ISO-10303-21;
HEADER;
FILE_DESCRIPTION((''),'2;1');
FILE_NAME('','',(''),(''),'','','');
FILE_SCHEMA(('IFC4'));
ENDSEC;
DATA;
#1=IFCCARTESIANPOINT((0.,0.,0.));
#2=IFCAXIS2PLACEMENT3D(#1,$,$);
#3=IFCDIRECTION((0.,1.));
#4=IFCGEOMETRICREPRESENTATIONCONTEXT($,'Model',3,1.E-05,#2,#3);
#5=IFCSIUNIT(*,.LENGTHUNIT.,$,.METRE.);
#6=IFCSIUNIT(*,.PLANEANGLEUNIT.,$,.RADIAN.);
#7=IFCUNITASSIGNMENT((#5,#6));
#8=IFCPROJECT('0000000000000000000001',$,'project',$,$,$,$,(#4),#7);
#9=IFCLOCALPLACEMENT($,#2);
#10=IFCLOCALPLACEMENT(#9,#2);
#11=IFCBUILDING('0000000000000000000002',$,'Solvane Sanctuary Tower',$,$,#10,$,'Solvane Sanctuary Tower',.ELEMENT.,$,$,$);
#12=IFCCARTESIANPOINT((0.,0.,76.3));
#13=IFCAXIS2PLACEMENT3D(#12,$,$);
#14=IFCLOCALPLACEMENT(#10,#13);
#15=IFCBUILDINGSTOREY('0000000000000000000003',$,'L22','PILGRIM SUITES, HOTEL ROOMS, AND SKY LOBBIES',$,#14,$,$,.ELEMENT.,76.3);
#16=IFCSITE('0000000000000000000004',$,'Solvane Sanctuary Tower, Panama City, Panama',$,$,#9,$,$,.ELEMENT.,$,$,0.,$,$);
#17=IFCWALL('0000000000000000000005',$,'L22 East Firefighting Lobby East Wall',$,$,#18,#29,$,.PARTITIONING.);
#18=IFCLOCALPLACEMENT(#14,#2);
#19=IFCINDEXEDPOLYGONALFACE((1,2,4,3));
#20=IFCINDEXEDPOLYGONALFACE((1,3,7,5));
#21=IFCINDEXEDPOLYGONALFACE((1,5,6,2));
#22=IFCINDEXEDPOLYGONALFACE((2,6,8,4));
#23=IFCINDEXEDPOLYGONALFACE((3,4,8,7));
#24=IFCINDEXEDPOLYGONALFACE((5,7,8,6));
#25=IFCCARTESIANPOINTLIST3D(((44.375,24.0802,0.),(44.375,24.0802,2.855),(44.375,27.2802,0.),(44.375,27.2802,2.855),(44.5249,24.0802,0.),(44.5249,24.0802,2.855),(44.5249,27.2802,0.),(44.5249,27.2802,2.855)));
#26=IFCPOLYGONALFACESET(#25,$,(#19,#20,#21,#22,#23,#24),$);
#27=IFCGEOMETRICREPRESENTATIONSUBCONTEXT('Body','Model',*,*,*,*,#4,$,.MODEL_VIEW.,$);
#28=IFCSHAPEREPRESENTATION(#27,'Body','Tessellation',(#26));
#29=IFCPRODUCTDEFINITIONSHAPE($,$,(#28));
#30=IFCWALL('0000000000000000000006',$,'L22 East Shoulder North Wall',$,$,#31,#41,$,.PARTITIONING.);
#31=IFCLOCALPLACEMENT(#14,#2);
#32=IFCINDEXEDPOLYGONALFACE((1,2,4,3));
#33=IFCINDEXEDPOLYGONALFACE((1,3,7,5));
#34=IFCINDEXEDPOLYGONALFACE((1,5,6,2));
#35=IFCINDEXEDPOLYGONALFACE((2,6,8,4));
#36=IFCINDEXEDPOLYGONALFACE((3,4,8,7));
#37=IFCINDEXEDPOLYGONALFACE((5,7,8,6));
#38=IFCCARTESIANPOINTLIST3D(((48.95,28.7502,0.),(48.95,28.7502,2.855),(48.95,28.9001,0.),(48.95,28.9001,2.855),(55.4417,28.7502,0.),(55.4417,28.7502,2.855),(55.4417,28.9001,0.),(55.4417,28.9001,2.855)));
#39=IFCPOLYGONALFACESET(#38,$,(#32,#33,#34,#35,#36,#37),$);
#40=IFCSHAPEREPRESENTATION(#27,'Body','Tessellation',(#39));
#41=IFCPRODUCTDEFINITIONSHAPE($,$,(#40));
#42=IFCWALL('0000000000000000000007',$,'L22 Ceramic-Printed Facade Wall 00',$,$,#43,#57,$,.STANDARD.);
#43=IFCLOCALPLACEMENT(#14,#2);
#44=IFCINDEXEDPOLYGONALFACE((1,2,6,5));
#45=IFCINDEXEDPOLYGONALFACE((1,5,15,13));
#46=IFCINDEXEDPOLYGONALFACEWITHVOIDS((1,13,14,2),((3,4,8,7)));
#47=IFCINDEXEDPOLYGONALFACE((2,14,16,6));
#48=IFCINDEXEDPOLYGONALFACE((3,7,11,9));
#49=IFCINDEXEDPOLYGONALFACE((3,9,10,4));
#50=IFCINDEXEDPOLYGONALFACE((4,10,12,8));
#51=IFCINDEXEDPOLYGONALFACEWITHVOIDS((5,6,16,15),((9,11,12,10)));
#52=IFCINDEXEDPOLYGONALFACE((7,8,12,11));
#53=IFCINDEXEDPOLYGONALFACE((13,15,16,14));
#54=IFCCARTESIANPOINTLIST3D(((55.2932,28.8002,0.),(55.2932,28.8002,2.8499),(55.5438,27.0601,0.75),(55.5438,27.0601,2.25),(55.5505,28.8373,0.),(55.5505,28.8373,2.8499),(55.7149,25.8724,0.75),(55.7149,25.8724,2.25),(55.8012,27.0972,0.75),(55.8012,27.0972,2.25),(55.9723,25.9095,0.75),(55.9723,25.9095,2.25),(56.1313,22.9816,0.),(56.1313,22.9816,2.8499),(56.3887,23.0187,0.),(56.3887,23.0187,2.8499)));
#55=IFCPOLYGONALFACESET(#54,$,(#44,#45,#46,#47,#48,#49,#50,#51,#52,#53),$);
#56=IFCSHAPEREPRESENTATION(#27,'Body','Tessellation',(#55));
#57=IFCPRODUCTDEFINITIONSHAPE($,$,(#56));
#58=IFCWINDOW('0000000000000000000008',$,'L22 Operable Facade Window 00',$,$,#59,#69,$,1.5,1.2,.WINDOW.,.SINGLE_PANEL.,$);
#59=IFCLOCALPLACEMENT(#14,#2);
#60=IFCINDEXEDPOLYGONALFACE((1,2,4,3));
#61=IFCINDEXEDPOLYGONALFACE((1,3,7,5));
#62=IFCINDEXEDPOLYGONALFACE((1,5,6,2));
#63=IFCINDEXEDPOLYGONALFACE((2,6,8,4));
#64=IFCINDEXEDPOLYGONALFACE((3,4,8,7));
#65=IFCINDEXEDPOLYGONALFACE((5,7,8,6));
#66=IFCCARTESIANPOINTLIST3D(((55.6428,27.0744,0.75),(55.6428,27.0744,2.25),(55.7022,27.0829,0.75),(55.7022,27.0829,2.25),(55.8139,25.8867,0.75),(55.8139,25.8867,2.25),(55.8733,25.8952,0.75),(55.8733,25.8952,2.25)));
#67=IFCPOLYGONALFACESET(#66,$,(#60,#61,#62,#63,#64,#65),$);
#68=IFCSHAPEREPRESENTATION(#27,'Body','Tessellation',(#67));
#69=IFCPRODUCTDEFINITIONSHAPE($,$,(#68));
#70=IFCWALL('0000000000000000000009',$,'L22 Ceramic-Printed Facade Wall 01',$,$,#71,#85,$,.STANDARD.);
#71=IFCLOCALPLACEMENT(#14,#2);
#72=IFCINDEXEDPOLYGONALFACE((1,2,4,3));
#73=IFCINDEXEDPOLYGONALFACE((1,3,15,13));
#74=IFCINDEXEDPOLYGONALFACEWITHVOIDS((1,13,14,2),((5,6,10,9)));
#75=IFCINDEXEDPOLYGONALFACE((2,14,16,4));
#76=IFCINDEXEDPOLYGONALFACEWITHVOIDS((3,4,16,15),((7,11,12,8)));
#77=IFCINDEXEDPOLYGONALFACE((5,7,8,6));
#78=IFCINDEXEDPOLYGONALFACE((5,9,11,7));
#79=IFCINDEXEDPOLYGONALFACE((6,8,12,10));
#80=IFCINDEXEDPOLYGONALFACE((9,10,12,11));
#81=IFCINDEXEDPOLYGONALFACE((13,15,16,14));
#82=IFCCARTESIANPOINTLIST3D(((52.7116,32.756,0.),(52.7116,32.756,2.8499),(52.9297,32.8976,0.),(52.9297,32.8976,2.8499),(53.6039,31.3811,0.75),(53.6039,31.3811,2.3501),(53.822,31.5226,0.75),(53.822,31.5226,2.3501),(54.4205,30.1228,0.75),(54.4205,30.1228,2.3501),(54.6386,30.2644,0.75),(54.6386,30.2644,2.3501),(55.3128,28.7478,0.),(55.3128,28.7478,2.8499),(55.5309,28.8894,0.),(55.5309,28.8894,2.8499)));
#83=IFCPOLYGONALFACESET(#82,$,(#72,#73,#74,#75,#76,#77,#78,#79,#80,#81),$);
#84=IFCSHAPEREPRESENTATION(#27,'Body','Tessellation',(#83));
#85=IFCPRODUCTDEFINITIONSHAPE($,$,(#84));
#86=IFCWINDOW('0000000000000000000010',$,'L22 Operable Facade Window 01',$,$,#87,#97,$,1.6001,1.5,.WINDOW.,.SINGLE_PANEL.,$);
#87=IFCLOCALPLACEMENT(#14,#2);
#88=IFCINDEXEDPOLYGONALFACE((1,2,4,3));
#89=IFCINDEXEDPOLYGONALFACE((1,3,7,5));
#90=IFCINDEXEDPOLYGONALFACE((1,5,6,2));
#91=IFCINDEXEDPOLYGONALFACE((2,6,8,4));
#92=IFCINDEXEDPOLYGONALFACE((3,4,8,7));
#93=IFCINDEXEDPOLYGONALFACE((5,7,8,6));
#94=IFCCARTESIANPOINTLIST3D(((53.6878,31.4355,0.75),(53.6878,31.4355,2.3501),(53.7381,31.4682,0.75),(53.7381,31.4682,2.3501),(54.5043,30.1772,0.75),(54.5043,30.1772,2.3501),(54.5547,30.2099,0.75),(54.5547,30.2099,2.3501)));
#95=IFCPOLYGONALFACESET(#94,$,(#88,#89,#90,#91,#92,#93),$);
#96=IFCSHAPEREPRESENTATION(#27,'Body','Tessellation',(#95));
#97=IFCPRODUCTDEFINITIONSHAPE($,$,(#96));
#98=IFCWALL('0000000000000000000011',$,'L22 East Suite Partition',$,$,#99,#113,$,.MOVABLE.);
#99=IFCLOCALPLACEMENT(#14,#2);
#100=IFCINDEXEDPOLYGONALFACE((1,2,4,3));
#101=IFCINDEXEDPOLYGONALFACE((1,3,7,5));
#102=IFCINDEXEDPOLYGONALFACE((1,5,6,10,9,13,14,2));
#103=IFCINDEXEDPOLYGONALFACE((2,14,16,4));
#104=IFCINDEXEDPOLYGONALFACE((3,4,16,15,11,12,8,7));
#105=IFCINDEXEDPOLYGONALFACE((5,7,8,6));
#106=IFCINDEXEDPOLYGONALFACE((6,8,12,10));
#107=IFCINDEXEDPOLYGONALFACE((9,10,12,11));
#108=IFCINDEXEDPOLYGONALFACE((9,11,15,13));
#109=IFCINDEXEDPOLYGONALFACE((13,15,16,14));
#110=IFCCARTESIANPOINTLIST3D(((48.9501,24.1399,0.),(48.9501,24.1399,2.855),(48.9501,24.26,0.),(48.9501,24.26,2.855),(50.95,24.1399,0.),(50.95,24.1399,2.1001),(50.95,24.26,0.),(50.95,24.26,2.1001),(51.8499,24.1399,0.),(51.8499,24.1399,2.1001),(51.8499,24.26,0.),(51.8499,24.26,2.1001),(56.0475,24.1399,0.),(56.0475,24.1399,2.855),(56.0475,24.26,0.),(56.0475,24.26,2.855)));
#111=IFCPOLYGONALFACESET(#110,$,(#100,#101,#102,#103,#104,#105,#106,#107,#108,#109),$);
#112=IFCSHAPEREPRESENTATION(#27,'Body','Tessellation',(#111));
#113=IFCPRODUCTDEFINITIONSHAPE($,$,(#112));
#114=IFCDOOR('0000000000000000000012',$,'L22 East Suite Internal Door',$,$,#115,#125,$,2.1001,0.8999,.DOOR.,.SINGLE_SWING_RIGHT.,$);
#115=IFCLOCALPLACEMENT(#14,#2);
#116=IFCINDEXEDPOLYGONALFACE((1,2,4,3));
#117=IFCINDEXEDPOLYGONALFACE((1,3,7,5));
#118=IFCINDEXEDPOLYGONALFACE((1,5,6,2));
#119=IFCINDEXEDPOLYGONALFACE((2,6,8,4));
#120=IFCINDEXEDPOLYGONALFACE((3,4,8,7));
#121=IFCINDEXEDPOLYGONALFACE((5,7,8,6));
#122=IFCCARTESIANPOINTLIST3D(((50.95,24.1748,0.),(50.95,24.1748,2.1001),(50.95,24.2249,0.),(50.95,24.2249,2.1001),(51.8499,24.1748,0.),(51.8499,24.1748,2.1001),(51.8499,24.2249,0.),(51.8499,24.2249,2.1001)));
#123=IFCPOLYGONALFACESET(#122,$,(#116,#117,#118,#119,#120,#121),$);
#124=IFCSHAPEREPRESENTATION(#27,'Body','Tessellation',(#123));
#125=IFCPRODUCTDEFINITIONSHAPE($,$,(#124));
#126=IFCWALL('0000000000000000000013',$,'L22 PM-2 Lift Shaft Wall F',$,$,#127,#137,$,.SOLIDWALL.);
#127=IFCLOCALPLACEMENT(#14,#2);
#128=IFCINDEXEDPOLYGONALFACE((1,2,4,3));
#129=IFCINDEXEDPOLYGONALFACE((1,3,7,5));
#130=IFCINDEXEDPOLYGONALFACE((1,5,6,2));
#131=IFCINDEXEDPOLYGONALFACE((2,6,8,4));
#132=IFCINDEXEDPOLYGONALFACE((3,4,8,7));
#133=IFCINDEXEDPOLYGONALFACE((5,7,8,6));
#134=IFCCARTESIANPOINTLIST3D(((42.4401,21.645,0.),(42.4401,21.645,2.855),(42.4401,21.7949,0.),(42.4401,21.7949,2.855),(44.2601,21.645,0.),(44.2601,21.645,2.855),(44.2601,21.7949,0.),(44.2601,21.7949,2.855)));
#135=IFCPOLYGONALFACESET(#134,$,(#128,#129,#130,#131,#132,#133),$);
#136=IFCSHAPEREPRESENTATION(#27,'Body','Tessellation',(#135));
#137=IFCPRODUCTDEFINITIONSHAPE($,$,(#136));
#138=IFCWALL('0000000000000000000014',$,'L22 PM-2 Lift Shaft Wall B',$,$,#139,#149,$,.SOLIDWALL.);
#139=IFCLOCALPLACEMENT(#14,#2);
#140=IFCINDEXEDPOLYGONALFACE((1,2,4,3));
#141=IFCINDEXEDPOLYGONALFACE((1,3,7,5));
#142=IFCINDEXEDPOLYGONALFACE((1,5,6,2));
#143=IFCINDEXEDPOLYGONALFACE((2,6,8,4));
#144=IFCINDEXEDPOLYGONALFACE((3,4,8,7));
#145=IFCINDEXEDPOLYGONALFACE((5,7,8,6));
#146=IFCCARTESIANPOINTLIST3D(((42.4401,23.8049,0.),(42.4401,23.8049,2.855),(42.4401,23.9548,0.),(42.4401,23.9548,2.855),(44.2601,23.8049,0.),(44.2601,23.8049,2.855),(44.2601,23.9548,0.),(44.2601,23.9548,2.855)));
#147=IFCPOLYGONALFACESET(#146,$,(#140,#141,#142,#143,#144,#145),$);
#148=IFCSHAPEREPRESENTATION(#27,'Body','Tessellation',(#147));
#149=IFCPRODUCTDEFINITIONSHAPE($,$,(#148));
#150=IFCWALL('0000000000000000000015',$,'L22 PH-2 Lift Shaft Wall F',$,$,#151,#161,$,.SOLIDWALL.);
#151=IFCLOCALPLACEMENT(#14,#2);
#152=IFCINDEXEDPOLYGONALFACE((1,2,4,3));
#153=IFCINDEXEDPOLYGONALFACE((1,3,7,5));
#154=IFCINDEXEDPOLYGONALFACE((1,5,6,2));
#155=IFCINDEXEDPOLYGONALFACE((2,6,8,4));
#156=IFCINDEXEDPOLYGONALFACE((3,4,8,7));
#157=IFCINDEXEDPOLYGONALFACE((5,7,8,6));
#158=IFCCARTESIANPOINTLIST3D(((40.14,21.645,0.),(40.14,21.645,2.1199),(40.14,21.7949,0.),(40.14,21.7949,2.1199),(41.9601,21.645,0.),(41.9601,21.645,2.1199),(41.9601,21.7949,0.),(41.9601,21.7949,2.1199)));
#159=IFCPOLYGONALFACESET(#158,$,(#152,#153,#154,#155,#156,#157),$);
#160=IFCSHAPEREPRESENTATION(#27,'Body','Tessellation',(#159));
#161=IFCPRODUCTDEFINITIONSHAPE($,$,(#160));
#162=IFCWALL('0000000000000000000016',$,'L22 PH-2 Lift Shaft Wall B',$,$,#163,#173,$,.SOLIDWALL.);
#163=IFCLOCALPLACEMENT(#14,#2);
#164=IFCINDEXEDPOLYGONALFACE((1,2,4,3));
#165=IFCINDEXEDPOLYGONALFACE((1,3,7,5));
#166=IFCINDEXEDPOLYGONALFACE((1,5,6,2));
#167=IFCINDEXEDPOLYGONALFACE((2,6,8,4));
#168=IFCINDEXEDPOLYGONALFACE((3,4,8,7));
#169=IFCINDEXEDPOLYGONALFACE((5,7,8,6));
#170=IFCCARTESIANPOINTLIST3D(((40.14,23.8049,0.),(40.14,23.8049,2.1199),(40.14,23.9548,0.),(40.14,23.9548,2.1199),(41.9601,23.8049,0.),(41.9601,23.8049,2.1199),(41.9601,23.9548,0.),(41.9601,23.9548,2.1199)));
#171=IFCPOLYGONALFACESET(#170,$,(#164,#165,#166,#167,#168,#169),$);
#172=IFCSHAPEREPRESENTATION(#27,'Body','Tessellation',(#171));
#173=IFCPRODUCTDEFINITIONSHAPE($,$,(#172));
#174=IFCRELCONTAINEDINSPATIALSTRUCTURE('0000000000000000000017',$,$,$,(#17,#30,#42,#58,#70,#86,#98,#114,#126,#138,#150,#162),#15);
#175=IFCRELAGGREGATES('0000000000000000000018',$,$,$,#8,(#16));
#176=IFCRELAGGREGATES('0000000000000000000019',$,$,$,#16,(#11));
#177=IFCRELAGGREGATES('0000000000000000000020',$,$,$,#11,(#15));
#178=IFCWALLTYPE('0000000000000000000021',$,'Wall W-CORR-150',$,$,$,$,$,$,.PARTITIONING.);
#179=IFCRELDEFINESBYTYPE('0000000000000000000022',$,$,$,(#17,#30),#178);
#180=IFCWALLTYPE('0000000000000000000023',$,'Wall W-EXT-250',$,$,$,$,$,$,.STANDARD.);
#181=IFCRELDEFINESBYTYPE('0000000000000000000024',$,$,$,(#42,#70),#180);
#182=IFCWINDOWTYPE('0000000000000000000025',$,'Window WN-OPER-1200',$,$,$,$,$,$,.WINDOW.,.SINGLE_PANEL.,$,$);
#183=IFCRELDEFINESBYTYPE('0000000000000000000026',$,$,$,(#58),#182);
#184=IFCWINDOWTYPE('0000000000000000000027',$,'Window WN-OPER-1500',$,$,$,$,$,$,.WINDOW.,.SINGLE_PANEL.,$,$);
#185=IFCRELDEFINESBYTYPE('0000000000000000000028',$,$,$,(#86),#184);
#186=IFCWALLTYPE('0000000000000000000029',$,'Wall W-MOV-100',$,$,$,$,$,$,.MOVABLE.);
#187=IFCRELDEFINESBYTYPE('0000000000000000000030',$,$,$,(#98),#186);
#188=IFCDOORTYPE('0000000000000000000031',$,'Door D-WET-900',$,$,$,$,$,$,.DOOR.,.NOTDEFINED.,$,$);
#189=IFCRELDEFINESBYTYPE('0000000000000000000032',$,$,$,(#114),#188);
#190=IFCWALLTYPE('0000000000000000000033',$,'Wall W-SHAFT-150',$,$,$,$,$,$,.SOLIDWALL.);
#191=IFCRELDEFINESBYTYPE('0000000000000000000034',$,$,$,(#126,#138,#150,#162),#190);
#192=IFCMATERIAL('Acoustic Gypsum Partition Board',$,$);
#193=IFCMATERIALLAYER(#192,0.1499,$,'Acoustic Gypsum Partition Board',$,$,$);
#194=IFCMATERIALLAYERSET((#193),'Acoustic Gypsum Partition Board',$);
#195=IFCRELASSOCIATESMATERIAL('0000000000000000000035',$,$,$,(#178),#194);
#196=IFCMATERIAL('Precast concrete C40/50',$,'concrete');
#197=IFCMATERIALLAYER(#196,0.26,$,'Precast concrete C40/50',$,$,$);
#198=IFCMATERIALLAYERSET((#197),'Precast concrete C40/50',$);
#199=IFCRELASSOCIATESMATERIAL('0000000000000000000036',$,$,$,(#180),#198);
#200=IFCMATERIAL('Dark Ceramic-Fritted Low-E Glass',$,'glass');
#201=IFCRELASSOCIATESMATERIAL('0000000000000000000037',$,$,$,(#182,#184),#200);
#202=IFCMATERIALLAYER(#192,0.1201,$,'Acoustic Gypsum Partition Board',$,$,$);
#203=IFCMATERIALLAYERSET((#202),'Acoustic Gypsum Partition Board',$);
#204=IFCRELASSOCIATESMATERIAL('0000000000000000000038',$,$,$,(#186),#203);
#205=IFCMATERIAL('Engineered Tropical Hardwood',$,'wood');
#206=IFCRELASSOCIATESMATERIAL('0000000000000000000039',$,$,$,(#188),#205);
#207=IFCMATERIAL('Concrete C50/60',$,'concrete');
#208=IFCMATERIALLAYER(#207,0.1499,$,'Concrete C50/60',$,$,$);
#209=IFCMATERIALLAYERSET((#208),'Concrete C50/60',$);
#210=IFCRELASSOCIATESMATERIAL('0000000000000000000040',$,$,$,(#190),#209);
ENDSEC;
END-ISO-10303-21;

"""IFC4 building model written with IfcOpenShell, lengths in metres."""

from ifc_helpers import new_model, si_unit, direction, frame, frame_2d, origin, place, context, subcontext, project, spatial, rectangle, extrude, material, layer, layer_set, type_object, element, fill, save


model = new_model("IFC4")

# Units and contexts
model_context = context("Model", 3, precision=1e-05, world=origin(), true_north=direction((0.0, 1.0)))
body_context = subcontext(model_context, "Body", "Model", "MODEL_VIEW")
ifc_project = project(units=[si_unit("LENGTHUNIT", "METRE"), si_unit("PLANEANGLEUNIT", "RADIAN")], contexts=[model_context])

# Site, building, storey
site_placement = place(None, origin())
site = spatial("IfcSite", under=ifc_project, at=site_placement, Name="Solvane Sanctuary Tower, Panama City, Panama", CompositionType="ELEMENT", RefElevation=0.0)
building_placement = place(site_placement, origin())
building = spatial("IfcBuilding", under=site, at=building_placement, Name="Solvane Sanctuary Tower", LongName="Solvane Sanctuary Tower", CompositionType="ELEMENT")
storey_placement = place(building_placement, frame((0.0, 0.0, 76.3)))
storey = spatial("IfcBuildingStorey", under=building, at=storey_placement, Name="L22", Description="PILGRIM SUITES, HOTEL ROOMS, AND SKY LOBBIES", CompositionType="ELEMENT", Elevation=76.3)

# Walls
ifc_material_1 = material(Name="Acoustic Gypsum Partition Board")
ifc_layer_1 = layer(ifc_material_1, 0.1499, Name="Acoustic Gypsum Partition Board")
ifc_layer_set_1 = layer_set([ifc_layer_1], Name="Acoustic Gypsum Partition Board")
wall_type_1 = type_object("IfcWallType", Name="Wall W-CORR-150", PredefinedType="PARTITIONING", material=ifc_layer_set_1)
wall_1_placement = place(storey_placement, frame((44.45, 24.0801, 0.0), z_axis=(0.0, 0.0, 1.0), x_axis=(0.0, 1.0, 0.0)))
element("IfcWall", 1, at=wall_1_placement, inside=storey, type_object=wall_type_1, Name="L22 East Firefighting Lobby East Wall", PredefinedType="PARTITIONING", context=body_context, shape_type="SweptSolid", body=[
    extrude(rectangle(XDim=3.2, YDim=0.1499, at=frame_2d((1.6001, 0.0))), origin(), (0.0, 0.0, 1.0), 2.855),
])
wall_2_placement = place(storey_placement, frame((48.95, 28.8252, 0.0), z_axis=(0.0, 0.0, 1.0), x_axis=(1.0, 0.0, 0.0)))
element("IfcWall", 2, at=wall_2_placement, inside=storey, type_object=wall_type_1, Name="L22 East Shoulder North Wall", PredefinedType="PARTITIONING", context=body_context, shape_type="SweptSolid", body=[
    extrude(rectangle(XDim=6.4917, YDim=0.1499, at=frame_2d((3.2458, 0.0))), origin(), (0.0, 0.0, 1.0), 2.855),
])

# Walls, openings, windows
ifc_material_2 = material(Name="Precast concrete C40/50", Category="concrete")
ifc_layer_2 = layer(ifc_material_2, 0.26, Name="Precast concrete C40/50")
ifc_layer_set_2 = layer_set([ifc_layer_2], Name="Precast concrete C40/50")
wall_type_2 = type_object("IfcWallType", Name="Wall W-EXT-250", PredefinedType="STANDARD", material=ifc_layer_set_2)
wall_3_placement = place(storey_placement, frame((56.26, 23.0, 0.0), z_axis=(0.0, 0.0, 1.0), x_axis=(-0.142572, 0.989784, 0.0)))
wall_3 = element("IfcWall", 3, at=wall_3_placement, inside=storey, type_object=wall_type_2, Name="L22 Ceramic-Printed Facade Wall 00", PredefinedType="STANDARD", context=body_context, shape_type="SweptSolid", body=[
    extrude(rectangle(XDim=5.8787, YDim=0.26, at=frame_2d((2.9395, 0.0))), origin(), (0.0, 0.0, 1.0), 2.8499),
])
opening_1_placement = place(wall_3_placement, frame((2.9207, 0.0, 0.75)))
opening_1 = element("IfcOpeningElement", 4, at=opening_1_placement, cuts=wall_3, PredefinedType="OPENING", context=body_context, shape_type="SweptSolid", body=[
    extrude(rectangle(XDim=1.2, YDim=1.5, at=frame_2d((0.6001, 0.75))), frame((0.0, 0.1399, 0.0), z_axis=(0.0, -1.0, 0.0), x_axis=(1.0, 0.0, 0.0)), (0.0, 0.0, 1.0), 0.28),
])
ifc_material_3 = material(Name="Dark Ceramic-Fritted Low-E Glass", Category="glass")
window_type_1 = type_object("IfcWindowType", Name="Window WN-OPER-1200", PartitioningType="SINGLE_PANEL", PredefinedType="WINDOW", material=ifc_material_3)
window_1_placement = place(opening_1_placement, origin())
window_1 = element("IfcWindow", 5, at=window_1_placement, inside=storey, type_object=window_type_1, Name="L22 Operable Facade Window 00", OverallHeight=1.5, OverallWidth=1.2, PartitioningType="SINGLE_PANEL", PredefinedType="WINDOW", context=body_context, shape_type="SweptSolid", body=[
    extrude(rectangle(XDim=1.2, YDim=1.5, at=frame_2d((0.6001, 0.75))), frame((0.0, 0.03, 0.0), z_axis=(0.0, -1.0, 0.0), x_axis=(1.0, 0.0, 0.0)), (0.0, 0.0, 1.0), 0.0601),
])
fill(opening_1, window_1)
wall_4_placement = place(storey_placement, frame((55.4219, 28.8186, 0.0), z_axis=(0.0, 0.0, 1.0), x_axis=(-0.544388, 0.838833, 0.0)))
wall_4 = element("IfcWall", 6, at=wall_4_placement, inside=storey, type_object=wall_type_2, Name="L22 Ceramic-Printed Facade Wall 01", PredefinedType="STANDARD", context=body_context, shape_type="SweptSolid", body=[
    extrude(rectangle(XDim=4.7783, YDim=0.26, at=frame_2d((2.3892, 0.0))), origin(), (0.0, 0.0, 1.0), 2.8499),
])
opening_2_placement = place(wall_4_placement, frame((1.6392, 0.0, 0.75)))
opening_2 = element("IfcOpeningElement", 7, at=opening_2_placement, cuts=wall_4, PredefinedType="OPENING", context=body_context, shape_type="SweptSolid", body=[
    extrude(rectangle(XDim=1.5, YDim=1.6001, at=frame_2d((0.75, 0.8))), frame((0.0, 0.1399, 0.0), z_axis=(0.0, -1.0, 0.0), x_axis=(1.0, 0.0, 0.0)), (0.0, 0.0, 1.0), 0.28),
])
window_type_2 = type_object("IfcWindowType", Name="Window WN-OPER-1500", PartitioningType="SINGLE_PANEL", PredefinedType="WINDOW", material=ifc_material_3)
window_2_placement = place(opening_2_placement, origin())
window_2 = element("IfcWindow", 8, at=window_2_placement, inside=storey, type_object=window_type_2, Name="L22 Operable Facade Window 01", OverallHeight=1.6001, OverallWidth=1.5, PartitioningType="SINGLE_PANEL", PredefinedType="WINDOW", context=body_context, shape_type="SweptSolid", body=[
    extrude(rectangle(XDim=1.5, YDim=1.6001, at=frame_2d((0.75, 0.8))), frame((0.0, 0.03, 0.0), z_axis=(0.0, -1.0, 0.0), x_axis=(1.0, 0.0, 0.0)), (0.0, 0.0, 1.0), 0.0601),
])
fill(opening_2, window_2)

# Wall, opening, door
ifc_layer_3 = layer(ifc_material_1, 0.1201, Name="Acoustic Gypsum Partition Board")
ifc_layer_set_3 = layer_set([ifc_layer_3], Name="Acoustic Gypsum Partition Board")
wall_type_3 = type_object("IfcWallType", Name="Wall W-MOV-100", PredefinedType="MOVABLE", material=ifc_layer_set_3)
wall_5_placement = place(storey_placement, frame((48.95, 24.2, 0.0), z_axis=(0.0, 0.0, 1.0), x_axis=(1.0, 0.0, 0.0)))
wall_5 = element("IfcWall", 9, at=wall_5_placement, inside=storey, type_object=wall_type_3, Name="L22 East Suite Partition", PredefinedType="MOVABLE", context=body_context, shape_type="SweptSolid", body=[
    extrude(rectangle(XDim=7.0974, YDim=0.1201, at=frame_2d((3.5488, 0.0))), origin(), (0.0, 0.0, 1.0), 2.855),
])
opening_3_placement = place(wall_5_placement, frame((2.0, 0.0, 0.0)))
opening_3 = element("IfcOpeningElement", 10, at=opening_3_placement, cuts=wall_5, PredefinedType="OPENING", context=body_context, shape_type="SweptSolid", body=[
    extrude(rectangle(XDim=0.8999, YDim=2.1001, at=frame_2d((0.45, 1.05))), frame((0.0, 0.0701, 0.0), z_axis=(0.0, -1.0, 0.0), x_axis=(1.0, 0.0, 0.0)), (0.0, 0.0, 1.0), 0.1401),
])
ifc_material_4 = material(Name="Engineered Tropical Hardwood", Category="wood")
door_type_1 = type_object("IfcDoorType", Name="Door D-WET-900", OperationType="NOTDEFINED", PredefinedType="DOOR", material=ifc_material_4)
door_1_placement = place(opening_3_placement, origin())
door_1 = element("IfcDoor", 11, at=door_1_placement, inside=storey, type_object=door_type_1, Name="L22 East Suite Internal Door", OperationType="SINGLE_SWING_RIGHT", OverallHeight=2.1001, OverallWidth=0.8999, PredefinedType="DOOR", context=body_context, shape_type="SweptSolid", body=[
    extrude(rectangle(XDim=0.8999, YDim=2.1001, at=frame_2d((0.45, 1.05))), frame((0.0, 0.0249, 0.0), z_axis=(0.0, -1.0, 0.0), x_axis=(1.0, 0.0, 0.0)), (0.0, 0.0, 1.0), 0.05),
])
fill(opening_3, door_1)

# Walls
ifc_material_5 = material(Name="Concrete C50/60", Category="concrete")
ifc_layer_4 = layer(ifc_material_5, 0.1499, Name="Concrete C50/60")
ifc_layer_set_4 = layer_set([ifc_layer_4], Name="Concrete C50/60")
wall_type_4 = type_object("IfcWallType", Name="Wall W-SHAFT-150", PredefinedType="SOLIDWALL", material=ifc_layer_set_4)
for number, where, z_axis, x_axis, name in (
    (12, (42.4399, 21.72, 0.0), (0.0, 0.0, 1.0), (1.0, 0.0, 0.0), "L22 PM-2 Lift Shaft Wall F"),
    (13, (42.4399, 23.8799, 0.0), (0.0, 0.0, 1.0), (1.0, 0.0, 0.0), "L22 PM-2 Lift Shaft Wall B"),
):
    element("IfcWall", number, at=place(storey_placement, frame(where, z_axis=z_axis, x_axis=x_axis)), inside=storey, type_object=wall_type_4, Name=name, PredefinedType="SOLIDWALL", context=body_context, shape_type="SweptSolid", body=[
        extrude(rectangle(XDim=1.8201, YDim=0.1499, at=frame_2d((0.9102, 0.0))), origin(), (0.0, 0.0, 1.0), 2.855),
    ])
for number, where, z_axis, x_axis, name in (
    (14, (40.1399, 21.72, 0.0), (0.0, 0.0, 1.0), (1.0, 0.0, 0.0), "L22 PH-2 Lift Shaft Wall F"),
    (15, (40.1399, 23.8799, 0.0), (0.0, 0.0, 1.0), (1.0, 0.0, 0.0), "L22 PH-2 Lift Shaft Wall B"),
):
    element("IfcWall", number, at=place(storey_placement, frame(where, z_axis=z_axis, x_axis=x_axis)), inside=storey, type_object=wall_type_4, Name=name, PredefinedType="SOLIDWALL", context=body_context, shape_type="SweptSolid", body=[
        extrude(rectangle(XDim=1.8201, YDim=0.1499, at=frame_2d((0.9102, 0.0))), origin(), (0.0, 0.0, 1.0), 2.1199),
    ])

save(model, "model.ifc")
